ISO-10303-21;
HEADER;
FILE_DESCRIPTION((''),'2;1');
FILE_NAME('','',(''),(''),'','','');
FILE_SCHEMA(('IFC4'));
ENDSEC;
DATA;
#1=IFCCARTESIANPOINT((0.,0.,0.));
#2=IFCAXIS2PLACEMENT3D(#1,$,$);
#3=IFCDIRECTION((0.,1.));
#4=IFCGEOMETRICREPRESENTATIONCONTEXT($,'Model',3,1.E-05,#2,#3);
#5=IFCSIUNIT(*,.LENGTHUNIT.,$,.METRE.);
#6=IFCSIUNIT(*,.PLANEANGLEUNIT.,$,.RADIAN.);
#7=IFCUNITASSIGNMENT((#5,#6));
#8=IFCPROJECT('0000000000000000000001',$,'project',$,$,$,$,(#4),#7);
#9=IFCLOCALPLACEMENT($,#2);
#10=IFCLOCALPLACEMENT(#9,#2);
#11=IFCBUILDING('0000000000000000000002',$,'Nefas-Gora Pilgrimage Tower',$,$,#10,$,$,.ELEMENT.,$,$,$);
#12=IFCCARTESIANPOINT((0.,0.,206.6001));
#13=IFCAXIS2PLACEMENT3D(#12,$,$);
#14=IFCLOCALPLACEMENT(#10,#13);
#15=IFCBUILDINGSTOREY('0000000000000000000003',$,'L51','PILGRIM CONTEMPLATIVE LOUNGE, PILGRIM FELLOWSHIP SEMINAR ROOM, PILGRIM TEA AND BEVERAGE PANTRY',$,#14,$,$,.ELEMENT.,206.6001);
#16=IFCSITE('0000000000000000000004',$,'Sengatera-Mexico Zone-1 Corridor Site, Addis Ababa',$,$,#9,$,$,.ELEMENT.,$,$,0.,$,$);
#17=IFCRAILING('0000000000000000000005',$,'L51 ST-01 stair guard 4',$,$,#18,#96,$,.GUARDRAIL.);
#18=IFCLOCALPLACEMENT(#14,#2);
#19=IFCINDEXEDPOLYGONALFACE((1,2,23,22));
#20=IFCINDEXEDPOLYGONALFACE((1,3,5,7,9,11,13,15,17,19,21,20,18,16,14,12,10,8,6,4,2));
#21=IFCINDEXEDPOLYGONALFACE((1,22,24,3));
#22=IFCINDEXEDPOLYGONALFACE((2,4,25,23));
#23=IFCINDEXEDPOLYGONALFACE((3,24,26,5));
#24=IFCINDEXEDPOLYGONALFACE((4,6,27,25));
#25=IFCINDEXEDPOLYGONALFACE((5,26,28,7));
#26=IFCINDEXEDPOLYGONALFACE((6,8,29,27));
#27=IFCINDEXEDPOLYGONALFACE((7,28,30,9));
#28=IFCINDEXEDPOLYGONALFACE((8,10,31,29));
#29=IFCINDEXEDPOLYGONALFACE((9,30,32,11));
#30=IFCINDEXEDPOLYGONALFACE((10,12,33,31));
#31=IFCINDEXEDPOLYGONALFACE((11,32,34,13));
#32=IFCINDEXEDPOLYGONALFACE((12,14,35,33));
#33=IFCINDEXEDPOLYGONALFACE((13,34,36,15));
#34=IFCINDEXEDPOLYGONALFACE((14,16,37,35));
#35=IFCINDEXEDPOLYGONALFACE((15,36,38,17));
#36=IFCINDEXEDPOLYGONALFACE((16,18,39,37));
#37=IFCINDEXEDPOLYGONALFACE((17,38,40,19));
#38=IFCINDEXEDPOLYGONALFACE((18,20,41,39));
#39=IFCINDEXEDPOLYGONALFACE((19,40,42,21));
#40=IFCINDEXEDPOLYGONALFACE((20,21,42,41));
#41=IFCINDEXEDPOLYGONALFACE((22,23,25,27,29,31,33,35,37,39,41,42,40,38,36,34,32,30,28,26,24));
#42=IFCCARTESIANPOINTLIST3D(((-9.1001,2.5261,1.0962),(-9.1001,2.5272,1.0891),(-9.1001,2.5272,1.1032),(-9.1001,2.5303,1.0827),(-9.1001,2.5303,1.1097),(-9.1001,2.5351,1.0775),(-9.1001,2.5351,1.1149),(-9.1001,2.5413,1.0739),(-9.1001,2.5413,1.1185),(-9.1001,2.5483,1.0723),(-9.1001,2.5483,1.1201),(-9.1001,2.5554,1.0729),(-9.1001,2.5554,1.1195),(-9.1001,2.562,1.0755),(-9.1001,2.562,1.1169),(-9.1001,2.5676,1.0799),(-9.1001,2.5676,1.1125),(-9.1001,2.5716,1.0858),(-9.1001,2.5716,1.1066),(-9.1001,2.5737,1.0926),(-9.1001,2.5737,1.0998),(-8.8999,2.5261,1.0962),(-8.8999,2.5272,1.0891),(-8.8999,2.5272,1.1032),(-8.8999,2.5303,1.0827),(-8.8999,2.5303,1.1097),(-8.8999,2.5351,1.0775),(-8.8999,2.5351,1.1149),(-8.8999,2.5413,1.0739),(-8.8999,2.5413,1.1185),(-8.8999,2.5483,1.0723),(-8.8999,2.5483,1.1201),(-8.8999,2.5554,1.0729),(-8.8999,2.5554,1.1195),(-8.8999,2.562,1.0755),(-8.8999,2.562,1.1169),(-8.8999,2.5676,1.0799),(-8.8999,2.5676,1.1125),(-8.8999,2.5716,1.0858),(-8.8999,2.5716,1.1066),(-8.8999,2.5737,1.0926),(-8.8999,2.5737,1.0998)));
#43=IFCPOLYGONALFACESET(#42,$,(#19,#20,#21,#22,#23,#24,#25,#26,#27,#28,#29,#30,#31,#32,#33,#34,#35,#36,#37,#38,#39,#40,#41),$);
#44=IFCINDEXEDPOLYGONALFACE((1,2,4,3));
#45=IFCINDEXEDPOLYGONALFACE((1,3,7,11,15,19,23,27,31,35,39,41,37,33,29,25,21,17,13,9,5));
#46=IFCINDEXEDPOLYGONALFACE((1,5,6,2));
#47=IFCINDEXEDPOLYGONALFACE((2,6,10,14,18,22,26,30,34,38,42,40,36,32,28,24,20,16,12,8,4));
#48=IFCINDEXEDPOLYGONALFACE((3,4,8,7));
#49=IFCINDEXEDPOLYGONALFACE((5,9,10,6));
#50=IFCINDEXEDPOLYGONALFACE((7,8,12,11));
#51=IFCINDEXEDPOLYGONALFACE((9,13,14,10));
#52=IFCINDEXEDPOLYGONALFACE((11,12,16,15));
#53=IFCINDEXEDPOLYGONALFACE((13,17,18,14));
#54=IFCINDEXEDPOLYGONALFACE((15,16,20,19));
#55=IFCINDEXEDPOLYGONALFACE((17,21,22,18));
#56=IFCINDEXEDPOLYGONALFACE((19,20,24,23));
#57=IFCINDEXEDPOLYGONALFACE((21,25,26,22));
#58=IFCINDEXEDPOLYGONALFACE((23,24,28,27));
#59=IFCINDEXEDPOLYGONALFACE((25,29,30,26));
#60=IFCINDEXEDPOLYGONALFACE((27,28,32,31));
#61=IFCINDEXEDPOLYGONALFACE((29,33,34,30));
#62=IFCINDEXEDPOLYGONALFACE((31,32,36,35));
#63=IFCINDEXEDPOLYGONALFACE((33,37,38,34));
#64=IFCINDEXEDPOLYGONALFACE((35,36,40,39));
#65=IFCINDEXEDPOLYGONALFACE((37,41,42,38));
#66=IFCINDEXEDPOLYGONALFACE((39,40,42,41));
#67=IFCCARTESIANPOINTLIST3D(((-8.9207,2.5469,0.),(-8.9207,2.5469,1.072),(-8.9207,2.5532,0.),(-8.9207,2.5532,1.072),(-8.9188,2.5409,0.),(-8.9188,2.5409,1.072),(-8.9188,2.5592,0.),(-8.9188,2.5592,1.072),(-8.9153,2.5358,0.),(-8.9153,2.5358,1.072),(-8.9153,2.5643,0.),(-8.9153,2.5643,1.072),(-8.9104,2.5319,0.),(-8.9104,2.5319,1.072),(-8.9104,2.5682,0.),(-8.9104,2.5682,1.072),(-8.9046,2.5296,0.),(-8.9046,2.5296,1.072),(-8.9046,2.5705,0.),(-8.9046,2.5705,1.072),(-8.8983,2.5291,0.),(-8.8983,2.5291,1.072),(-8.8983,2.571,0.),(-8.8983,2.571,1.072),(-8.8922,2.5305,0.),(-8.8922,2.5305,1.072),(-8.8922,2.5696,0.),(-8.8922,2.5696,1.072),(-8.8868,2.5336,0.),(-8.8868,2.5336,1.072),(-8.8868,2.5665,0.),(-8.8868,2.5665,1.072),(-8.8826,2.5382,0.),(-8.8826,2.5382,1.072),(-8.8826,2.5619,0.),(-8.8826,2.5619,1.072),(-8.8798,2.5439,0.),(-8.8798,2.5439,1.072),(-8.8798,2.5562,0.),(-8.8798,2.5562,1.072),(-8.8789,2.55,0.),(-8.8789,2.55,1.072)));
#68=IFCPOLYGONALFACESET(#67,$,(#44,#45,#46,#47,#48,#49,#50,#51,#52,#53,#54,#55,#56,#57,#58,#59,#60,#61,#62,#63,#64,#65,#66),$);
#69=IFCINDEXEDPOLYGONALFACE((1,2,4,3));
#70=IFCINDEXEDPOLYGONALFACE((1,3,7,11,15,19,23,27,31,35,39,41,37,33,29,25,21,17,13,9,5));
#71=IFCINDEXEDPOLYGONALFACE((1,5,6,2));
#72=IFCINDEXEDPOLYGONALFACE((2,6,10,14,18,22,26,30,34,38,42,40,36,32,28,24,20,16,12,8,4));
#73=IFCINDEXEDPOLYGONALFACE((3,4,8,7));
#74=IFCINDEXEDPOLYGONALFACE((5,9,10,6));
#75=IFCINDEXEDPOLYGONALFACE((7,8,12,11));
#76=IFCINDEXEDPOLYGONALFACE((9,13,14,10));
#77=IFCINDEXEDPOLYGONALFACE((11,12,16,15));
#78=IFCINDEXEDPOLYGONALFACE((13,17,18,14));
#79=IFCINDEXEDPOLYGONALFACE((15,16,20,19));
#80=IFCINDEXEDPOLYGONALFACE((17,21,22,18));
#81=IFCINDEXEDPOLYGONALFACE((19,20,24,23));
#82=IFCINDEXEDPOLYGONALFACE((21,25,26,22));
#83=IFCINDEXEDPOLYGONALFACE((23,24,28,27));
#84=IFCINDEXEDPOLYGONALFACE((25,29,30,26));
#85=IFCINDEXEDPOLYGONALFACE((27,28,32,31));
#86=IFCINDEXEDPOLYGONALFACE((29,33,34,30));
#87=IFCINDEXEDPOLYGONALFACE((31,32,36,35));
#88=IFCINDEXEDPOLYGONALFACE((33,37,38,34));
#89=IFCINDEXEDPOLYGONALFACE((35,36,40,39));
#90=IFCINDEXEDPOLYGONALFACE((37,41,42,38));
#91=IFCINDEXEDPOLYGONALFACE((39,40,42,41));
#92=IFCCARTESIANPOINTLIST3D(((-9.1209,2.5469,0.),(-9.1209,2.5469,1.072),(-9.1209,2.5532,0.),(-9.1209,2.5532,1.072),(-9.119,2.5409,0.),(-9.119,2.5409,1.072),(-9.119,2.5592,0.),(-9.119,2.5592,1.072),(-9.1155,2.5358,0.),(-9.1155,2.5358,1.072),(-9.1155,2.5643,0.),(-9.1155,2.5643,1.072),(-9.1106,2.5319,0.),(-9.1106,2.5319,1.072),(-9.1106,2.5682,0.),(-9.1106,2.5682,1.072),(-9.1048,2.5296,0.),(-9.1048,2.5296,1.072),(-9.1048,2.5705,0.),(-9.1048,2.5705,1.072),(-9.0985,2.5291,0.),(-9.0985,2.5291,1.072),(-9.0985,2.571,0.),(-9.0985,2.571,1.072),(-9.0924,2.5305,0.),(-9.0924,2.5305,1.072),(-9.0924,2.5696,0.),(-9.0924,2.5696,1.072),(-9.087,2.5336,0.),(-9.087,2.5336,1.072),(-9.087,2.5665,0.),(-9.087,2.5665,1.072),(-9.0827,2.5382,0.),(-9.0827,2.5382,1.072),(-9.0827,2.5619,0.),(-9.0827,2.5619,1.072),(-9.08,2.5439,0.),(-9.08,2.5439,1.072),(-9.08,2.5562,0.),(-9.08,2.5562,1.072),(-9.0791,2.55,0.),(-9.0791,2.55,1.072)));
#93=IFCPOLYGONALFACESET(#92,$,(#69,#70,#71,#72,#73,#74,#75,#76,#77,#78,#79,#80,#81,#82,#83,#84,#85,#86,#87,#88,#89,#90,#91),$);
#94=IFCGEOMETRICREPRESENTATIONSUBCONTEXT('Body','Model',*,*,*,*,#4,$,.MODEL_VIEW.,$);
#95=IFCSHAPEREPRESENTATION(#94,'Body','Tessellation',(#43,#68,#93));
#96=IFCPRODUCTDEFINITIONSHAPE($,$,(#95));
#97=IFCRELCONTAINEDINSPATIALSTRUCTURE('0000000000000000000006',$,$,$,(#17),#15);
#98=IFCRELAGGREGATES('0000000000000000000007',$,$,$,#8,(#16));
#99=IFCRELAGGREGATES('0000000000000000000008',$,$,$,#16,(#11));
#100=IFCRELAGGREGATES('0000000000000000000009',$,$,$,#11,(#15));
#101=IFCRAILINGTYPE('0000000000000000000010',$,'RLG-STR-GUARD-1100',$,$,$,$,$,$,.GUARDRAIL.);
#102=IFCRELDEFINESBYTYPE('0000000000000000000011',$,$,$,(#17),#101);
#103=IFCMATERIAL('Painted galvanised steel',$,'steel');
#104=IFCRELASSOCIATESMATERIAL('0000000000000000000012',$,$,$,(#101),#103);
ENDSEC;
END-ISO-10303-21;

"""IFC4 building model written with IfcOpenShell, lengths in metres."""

from ifc_helpers import new_model, si_unit, direction, frame, origin, origin_2d, place, context, subcontext, project, spatial, circle, extrude, material, type_object, element, save


model = new_model("IFC4")

# Units and contexts
model_context = context("Model", 3, precision=1e-05, world=origin(), true_north=direction((0.0, 1.0)))
body_context = subcontext(model_context, "Body", "Model", "MODEL_VIEW")
ifc_project = project(units=[si_unit("LENGTHUNIT", "METRE"), si_unit("PLANEANGLEUNIT", "RADIAN")], contexts=[model_context])

# Site, building, storey
site_placement = place(None, origin())
site = spatial("IfcSite", under=ifc_project, at=site_placement, Name="Sengatera-Mexico Zone-1 Corridor Site, Addis Ababa", CompositionType="ELEMENT", RefElevation=0.0)
building_placement = place(site_placement, origin())
building = spatial("IfcBuilding", under=site, at=building_placement, Name="Nefas-Gora Pilgrimage Tower", CompositionType="ELEMENT")
storey_placement = place(building_placement, frame((0.0, 0.0, 206.6001)))
storey = spatial("IfcBuildingStorey", under=building, at=storey_placement, Name="L51", Description="PILGRIM CONTEMPLATIVE LOUNGE, PILGRIM FELLOWSHIP SEMINAR ROOM, PILGRIM TEA AND BEVERAGE PANTRY", CompositionType="ELEMENT", Elevation=206.6001)

# Railing
ifc_material_1 = material(Name="Painted galvanised steel", Category="steel")
railing_type_1 = type_object("IfcRailingType", Name="RLG-STR-GUARD-1100", PredefinedType="GUARDRAIL", material=ifc_material_1)
railing_1_placement = place(storey_placement, frame((-8.8999, 2.55, 0.0)))
element("IfcRailing", 1, at=railing_1_placement, inside=storey, type_object=railing_type_1, Name="L51 ST-01 stair guard 4", PredefinedType="GUARDRAIL", context=body_context, shape_type="SweptSolid", body=[
    extrude(circle(Radius=0.0239, at=origin_2d()), frame((0.0, 0.0, 1.0962), z_axis=(-1.0, 0.0, 0.0), x_axis=(0.0, -1.0, 0.0)), (0.0, 0.0, 1.0), 0.2002),
    extrude(circle(Radius=0.021, at=origin_2d()), origin(), (0.0, 0.0, 1.0), 1.072),
    extrude(circle(Radius=0.021, at=origin_2d()), frame((-0.2002, 0.0, 0.0)), (0.0, 0.0, 1.0), 1.072),
])

save(model, "model.ifc")
